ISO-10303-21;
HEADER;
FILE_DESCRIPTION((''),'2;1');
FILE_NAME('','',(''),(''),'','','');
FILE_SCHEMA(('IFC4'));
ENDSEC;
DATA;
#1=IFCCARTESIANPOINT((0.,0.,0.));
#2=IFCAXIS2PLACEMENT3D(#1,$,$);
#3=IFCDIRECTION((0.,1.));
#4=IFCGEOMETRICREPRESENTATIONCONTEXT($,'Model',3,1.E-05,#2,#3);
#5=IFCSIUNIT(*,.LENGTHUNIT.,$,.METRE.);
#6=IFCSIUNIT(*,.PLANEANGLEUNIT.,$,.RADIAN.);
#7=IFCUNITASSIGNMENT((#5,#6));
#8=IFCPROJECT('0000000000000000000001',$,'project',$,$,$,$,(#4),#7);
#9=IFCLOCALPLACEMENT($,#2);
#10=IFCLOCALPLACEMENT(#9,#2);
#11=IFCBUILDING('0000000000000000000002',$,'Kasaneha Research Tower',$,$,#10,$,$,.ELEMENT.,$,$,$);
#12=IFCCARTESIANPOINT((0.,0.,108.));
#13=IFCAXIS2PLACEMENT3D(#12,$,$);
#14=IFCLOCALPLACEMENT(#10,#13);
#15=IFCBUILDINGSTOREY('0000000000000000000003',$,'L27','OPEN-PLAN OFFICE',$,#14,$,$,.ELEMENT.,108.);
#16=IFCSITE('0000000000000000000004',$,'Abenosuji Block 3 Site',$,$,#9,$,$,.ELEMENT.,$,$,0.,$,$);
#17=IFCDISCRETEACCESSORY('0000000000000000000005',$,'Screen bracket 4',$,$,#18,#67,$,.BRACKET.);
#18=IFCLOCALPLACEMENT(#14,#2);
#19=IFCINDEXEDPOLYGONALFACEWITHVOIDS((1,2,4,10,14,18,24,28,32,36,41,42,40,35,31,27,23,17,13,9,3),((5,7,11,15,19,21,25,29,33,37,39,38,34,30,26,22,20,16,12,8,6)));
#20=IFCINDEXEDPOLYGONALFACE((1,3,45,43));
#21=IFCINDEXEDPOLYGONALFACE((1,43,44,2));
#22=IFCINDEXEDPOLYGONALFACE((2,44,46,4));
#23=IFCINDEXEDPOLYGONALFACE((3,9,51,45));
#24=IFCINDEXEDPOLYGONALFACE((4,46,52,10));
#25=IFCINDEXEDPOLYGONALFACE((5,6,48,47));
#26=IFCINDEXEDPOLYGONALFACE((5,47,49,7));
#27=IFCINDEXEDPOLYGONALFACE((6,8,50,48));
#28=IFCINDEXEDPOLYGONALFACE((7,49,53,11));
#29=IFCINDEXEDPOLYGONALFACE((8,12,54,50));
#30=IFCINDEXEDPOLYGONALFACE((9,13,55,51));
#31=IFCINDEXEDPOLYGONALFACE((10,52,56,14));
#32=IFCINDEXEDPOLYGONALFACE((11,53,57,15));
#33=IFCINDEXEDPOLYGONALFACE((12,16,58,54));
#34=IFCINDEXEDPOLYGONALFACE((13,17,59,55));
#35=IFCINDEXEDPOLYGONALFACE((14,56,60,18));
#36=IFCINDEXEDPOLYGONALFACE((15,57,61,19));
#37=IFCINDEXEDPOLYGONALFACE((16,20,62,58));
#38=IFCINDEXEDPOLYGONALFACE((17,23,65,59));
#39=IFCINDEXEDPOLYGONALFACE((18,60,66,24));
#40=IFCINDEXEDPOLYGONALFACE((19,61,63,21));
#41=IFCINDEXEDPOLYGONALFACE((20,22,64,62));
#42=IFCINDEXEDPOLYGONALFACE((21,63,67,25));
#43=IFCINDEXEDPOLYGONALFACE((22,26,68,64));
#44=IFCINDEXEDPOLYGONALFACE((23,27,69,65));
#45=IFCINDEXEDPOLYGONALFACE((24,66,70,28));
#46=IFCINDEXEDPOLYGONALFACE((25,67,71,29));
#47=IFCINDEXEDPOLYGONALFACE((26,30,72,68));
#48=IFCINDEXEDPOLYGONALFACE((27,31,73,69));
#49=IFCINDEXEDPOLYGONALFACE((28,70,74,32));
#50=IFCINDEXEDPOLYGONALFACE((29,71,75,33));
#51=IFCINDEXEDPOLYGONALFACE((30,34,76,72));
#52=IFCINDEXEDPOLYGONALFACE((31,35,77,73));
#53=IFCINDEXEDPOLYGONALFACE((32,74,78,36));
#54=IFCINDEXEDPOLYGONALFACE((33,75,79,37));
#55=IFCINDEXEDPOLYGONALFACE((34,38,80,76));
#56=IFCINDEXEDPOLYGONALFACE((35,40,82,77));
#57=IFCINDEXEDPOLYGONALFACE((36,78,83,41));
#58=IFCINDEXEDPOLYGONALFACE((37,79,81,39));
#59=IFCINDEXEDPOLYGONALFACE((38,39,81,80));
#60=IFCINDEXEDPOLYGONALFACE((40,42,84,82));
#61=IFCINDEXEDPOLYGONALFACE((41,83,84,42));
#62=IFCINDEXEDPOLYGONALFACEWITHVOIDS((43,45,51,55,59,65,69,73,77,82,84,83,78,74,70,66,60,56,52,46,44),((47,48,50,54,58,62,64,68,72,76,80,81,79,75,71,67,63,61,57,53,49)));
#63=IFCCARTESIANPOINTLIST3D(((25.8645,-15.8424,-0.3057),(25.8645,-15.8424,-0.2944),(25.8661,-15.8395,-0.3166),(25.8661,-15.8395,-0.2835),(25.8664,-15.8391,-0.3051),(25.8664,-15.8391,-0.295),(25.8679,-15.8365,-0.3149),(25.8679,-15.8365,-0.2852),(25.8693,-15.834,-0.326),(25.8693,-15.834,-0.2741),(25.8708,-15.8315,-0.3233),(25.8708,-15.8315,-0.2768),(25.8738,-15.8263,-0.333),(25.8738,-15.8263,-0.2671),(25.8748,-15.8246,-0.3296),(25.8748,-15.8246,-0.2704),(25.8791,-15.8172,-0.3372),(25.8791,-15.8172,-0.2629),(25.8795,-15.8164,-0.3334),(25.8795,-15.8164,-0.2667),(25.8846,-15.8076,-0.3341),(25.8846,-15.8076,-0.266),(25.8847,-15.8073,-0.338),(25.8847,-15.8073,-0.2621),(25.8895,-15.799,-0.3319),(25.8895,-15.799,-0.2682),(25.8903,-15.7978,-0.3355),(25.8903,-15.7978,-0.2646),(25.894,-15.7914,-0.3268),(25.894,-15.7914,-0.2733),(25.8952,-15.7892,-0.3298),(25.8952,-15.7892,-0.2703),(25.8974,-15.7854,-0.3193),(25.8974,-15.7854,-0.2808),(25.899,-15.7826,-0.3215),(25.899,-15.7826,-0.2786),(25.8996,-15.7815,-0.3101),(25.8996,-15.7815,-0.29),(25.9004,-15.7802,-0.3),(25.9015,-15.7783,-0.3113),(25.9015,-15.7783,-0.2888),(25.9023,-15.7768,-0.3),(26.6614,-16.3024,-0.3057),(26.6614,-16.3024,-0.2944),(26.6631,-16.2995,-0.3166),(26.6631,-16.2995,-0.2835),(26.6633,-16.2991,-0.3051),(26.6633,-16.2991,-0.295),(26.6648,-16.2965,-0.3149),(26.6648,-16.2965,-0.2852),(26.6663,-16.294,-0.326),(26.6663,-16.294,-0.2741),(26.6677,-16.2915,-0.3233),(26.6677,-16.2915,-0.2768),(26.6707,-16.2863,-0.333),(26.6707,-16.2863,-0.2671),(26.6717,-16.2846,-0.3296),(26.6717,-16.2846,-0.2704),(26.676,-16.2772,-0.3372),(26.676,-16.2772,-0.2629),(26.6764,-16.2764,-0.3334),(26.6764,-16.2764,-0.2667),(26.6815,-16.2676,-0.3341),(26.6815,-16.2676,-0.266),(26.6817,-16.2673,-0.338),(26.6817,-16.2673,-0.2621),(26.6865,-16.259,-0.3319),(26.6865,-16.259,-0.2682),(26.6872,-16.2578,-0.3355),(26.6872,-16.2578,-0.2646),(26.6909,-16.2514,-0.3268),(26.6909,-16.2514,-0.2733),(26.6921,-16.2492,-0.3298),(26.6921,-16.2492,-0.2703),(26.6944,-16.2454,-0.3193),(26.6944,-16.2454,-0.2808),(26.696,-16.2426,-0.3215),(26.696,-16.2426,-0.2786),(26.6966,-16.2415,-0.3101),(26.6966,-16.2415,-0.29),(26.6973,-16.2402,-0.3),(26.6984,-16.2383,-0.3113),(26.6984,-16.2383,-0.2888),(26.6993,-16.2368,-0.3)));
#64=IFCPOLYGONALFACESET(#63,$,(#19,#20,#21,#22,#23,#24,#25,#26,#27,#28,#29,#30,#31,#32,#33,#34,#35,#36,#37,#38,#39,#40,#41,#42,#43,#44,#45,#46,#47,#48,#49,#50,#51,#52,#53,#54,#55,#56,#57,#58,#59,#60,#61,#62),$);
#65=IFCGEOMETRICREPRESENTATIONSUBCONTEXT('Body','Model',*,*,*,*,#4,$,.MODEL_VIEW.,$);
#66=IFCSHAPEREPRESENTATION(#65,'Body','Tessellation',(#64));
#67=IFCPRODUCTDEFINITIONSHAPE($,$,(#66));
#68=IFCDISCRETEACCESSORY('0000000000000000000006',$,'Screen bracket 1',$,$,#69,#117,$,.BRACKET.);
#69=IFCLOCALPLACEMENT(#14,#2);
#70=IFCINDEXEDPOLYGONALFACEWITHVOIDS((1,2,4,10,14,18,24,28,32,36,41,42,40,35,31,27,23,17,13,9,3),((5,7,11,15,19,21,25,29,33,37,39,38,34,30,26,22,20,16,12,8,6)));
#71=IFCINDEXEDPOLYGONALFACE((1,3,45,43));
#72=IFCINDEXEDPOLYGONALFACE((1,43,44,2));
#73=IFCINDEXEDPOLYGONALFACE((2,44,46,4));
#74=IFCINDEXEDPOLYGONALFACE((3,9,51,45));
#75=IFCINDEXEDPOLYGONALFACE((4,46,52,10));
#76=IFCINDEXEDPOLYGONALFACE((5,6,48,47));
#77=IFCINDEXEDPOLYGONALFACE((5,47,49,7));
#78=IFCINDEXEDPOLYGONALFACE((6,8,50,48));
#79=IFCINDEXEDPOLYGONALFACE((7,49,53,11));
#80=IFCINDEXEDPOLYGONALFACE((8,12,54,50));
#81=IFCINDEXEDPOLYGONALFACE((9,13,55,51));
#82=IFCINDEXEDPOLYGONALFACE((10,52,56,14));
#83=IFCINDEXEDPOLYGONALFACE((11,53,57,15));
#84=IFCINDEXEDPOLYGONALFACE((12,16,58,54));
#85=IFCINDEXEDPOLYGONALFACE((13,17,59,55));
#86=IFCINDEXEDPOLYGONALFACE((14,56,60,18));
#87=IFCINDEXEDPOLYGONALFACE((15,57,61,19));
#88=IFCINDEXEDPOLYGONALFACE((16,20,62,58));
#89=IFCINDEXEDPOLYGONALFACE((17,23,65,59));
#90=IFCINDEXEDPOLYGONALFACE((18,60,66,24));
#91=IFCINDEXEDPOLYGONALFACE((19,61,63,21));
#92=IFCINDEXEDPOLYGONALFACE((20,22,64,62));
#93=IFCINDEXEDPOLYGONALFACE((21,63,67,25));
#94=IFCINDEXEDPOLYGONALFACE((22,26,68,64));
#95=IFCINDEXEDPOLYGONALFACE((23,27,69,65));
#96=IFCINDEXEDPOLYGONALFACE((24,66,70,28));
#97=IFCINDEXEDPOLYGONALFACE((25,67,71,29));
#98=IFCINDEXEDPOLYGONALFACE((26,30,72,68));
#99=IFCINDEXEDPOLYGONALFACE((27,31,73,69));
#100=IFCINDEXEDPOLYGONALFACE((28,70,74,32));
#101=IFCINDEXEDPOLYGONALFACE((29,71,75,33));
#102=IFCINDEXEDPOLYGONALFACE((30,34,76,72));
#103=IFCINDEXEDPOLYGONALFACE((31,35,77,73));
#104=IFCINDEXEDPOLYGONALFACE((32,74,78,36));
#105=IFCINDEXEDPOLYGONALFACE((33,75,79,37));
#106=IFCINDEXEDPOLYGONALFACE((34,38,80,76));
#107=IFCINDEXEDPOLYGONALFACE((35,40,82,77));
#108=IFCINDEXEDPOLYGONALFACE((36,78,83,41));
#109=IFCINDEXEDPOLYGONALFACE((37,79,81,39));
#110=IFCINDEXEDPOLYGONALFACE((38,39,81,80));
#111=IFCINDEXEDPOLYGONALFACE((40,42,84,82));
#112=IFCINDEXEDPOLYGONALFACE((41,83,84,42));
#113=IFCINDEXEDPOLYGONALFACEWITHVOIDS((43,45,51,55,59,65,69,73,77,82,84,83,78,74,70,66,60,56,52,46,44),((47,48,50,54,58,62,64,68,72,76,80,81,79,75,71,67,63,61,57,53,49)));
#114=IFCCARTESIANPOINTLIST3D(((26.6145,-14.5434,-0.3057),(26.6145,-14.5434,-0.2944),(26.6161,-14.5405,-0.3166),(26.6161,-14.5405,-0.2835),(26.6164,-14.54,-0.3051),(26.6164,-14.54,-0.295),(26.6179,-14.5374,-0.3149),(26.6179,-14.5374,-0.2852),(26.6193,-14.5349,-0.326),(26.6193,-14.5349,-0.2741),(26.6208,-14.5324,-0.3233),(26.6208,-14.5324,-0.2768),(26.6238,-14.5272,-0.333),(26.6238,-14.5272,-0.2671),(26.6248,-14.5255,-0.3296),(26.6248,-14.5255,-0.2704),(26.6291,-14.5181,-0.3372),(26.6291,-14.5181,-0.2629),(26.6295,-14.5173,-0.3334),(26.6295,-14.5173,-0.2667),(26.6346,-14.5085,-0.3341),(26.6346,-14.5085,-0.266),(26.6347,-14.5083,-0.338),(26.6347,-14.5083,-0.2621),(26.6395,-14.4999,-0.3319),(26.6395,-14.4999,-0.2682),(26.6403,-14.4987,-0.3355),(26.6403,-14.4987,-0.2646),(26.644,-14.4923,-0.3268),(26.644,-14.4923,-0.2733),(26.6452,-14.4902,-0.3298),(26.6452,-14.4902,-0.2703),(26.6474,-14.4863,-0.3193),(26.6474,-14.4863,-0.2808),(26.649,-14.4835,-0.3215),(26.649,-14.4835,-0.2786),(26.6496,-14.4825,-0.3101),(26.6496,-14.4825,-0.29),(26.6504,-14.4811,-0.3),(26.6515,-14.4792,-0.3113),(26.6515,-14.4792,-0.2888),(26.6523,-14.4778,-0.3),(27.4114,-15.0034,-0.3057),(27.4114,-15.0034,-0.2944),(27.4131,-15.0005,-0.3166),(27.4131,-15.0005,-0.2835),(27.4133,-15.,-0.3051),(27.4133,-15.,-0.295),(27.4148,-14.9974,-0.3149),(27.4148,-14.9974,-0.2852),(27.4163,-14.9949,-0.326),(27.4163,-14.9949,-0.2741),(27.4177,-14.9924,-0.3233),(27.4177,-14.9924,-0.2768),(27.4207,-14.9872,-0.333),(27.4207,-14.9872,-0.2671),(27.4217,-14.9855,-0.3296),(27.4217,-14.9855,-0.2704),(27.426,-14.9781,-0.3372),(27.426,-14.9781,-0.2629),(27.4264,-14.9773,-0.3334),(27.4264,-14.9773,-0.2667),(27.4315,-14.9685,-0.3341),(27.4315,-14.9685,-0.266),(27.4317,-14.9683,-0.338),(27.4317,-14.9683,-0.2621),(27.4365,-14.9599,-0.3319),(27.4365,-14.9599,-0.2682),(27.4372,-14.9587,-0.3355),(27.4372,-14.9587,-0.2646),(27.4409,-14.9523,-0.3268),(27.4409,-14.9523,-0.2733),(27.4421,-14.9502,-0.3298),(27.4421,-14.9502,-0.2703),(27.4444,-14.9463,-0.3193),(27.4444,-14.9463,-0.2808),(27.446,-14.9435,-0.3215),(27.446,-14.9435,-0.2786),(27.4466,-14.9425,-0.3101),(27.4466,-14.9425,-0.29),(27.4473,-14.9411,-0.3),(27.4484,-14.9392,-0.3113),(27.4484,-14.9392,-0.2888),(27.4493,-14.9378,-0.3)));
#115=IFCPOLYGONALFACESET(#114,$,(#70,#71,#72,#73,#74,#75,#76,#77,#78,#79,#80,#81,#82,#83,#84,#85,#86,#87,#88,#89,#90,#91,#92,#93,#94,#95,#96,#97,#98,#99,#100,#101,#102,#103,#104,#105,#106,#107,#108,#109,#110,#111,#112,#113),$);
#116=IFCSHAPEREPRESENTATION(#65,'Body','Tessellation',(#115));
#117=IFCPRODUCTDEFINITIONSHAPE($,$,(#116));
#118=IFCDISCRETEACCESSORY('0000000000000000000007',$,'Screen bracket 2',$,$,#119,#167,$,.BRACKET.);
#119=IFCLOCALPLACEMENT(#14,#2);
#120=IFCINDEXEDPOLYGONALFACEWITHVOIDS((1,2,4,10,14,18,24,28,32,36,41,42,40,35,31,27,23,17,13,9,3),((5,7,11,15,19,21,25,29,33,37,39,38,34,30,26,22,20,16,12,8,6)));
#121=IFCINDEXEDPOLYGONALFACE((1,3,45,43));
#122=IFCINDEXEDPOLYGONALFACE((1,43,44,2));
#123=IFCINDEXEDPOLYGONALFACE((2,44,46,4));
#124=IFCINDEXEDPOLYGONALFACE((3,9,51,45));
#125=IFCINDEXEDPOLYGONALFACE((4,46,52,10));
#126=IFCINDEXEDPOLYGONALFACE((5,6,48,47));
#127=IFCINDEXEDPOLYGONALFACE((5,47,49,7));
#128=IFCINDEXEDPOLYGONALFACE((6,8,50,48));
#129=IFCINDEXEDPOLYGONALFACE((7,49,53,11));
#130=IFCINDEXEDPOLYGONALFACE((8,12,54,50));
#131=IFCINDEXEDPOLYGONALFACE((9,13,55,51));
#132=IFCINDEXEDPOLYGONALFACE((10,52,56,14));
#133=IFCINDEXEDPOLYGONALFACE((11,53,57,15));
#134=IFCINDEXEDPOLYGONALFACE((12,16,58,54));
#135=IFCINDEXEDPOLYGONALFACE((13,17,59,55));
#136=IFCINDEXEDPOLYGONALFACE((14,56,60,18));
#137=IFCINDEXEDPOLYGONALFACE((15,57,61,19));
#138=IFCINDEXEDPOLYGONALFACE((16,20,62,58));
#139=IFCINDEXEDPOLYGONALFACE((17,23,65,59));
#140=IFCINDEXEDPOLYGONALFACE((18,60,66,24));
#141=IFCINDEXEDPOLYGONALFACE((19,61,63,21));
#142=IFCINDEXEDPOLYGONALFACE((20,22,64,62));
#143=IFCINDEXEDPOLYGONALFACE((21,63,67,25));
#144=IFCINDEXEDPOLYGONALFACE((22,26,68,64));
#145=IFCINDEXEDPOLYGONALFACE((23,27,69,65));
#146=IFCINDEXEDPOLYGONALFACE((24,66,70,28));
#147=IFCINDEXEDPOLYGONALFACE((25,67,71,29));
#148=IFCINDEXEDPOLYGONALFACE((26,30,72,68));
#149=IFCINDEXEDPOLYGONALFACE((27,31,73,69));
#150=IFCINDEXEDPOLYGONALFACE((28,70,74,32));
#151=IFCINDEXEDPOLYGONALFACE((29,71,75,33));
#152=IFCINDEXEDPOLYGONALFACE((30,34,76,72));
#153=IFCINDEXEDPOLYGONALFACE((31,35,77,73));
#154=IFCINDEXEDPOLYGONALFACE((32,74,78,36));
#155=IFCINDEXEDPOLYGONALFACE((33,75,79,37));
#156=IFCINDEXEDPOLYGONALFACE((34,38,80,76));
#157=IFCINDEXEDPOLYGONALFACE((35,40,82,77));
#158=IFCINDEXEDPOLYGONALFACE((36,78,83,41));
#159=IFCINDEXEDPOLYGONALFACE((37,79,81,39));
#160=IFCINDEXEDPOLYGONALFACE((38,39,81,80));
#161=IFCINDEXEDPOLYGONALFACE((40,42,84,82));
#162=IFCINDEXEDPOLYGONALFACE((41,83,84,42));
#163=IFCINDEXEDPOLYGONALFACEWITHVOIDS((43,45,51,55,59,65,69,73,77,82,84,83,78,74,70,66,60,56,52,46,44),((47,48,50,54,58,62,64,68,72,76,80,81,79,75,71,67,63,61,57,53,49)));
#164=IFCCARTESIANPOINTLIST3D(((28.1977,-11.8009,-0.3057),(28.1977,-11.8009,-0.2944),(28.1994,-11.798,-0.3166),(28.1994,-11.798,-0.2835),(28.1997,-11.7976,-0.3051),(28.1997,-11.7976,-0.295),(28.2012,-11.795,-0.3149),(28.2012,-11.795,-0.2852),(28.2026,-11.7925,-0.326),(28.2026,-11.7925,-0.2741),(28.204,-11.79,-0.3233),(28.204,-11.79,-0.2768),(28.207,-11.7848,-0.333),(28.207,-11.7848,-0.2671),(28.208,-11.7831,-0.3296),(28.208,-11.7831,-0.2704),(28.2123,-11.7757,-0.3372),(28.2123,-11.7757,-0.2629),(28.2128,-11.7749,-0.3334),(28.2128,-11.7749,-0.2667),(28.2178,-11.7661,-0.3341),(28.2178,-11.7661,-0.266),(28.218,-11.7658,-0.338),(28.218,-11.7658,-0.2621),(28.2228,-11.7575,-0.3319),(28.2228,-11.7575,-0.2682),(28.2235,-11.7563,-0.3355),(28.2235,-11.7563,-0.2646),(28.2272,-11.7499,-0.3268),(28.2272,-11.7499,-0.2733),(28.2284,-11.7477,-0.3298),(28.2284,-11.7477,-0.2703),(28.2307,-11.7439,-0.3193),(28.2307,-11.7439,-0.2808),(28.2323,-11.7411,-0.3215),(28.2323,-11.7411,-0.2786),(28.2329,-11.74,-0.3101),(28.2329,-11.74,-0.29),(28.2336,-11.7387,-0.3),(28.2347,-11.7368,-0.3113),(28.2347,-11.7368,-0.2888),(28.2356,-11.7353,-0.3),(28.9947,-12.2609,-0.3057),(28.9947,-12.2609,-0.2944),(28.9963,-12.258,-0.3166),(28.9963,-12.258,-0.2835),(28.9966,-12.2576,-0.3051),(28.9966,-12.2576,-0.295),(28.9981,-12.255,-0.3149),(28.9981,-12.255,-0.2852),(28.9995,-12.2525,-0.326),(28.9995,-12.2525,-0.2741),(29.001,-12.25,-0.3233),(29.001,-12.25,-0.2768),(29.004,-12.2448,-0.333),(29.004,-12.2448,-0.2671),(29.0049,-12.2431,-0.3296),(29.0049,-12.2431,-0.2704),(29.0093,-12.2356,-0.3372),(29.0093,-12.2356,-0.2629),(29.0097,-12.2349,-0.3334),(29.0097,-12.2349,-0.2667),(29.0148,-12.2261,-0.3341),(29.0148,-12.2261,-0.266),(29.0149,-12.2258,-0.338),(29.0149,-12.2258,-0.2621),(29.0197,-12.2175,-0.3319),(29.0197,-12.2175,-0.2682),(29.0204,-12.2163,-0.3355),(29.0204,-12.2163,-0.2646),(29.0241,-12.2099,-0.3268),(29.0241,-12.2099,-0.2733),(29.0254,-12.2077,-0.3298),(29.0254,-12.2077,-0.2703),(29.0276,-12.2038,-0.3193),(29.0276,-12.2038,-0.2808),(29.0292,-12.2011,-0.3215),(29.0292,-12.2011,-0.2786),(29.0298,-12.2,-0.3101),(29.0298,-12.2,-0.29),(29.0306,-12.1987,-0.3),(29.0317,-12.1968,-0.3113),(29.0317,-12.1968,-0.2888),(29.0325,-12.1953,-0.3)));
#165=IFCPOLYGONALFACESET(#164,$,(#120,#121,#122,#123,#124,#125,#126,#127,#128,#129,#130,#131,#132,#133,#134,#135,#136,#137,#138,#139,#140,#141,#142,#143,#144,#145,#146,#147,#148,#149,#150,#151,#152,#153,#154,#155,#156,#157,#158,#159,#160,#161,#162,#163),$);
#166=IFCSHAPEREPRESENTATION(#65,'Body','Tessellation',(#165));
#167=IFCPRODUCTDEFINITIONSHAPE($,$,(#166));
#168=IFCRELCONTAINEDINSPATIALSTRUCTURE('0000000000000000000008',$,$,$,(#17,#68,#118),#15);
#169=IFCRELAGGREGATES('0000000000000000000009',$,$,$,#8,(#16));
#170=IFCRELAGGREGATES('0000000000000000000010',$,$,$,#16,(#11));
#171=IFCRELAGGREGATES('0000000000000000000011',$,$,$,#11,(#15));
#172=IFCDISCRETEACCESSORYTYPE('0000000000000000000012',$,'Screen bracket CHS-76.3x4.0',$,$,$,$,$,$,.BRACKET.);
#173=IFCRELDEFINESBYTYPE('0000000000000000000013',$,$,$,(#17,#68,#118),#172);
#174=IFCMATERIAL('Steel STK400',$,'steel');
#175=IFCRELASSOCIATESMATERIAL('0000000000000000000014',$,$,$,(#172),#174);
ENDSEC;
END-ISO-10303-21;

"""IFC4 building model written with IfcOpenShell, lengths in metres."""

from ifc_helpers import new_model, si_unit, direction, frame, origin, origin_2d, place, context, subcontext, project, spatial, hollow_circle, extrude, material, material_profile, profile_set, type_object, element, save


model = new_model("IFC4")

# Units and contexts
model_context = context("Model", 3, precision=1e-05, world=origin(), true_north=direction((0.0, 1.0)))
body_context = subcontext(model_context, "Body", "Model", "MODEL_VIEW")
ifc_project = project(units=[si_unit("LENGTHUNIT", "METRE"), si_unit("PLANEANGLEUNIT", "RADIAN")], contexts=[model_context])

# Site, building, storey
site_placement = place(None, origin())
site = spatial("IfcSite", under=ifc_project, at=site_placement, Name="Abenosuji Block 3 Site", CompositionType="ELEMENT", RefElevation=0.0)
building_placement = place(site_placement, origin())
building = spatial("IfcBuilding", under=site, at=building_placement, Name="Kasaneha Research Tower", CompositionType="ELEMENT")
storey_placement = place(building_placement, frame((0.0, 0.0, 108.0)))
storey = spatial("IfcBuildingStorey", under=building, at=storey_placement, Name="L27", Description="OPEN-PLAN OFFICE", CompositionType="ELEMENT", Elevation=108.0)

# Discrete accessories
ifc_material_1 = material(Name="Steel STK400", Category="steel")
ifc_material_profile_1 = material_profile(ifc_material_1, hollow_circle(Radius=0.0381, WallThickness=0.0039, at=origin_2d()), Name="CHS-76.3x4.0")
ifc_profile_set_1 = profile_set([ifc_material_profile_1], Name="Steel STK400")
discrete_accessory_type = type_object("IfcDiscreteAccessoryType", Name="Screen bracket CHS-76.3x4.0", PredefinedType="BRACKET", material=ifc_profile_set_1)
for number, where, z_axis, x_axis, name in (
    (1, (25.8833, -15.8098, -0.3), (0.86608, -0.499906, 0.0), (0.499906, 0.86608, 0.0), "Screen bracket 4"),
    (2, (26.6333, -14.5107, -0.3), (0.86608, -0.499906, 0.0), (0.499906, 0.86608, 0.0), "Screen bracket 1"),
    (3, (28.2166, -11.7683, -0.3), (0.86608, -0.499906, 0.0), (0.499906, 0.86608, 0.0), "Screen bracket 2"),
):
    element("IfcDiscreteAccessory", number, at=place(storey_placement, frame(where, z_axis=z_axis, x_axis=x_axis)), inside=storey, type_object=discrete_accessory_type, Name=name, PredefinedType="BRACKET", context=body_context, shape_type="SweptSolid", body=[
        extrude(hollow_circle(Radius=0.0381, WallThickness=0.0039, at=origin_2d()), origin(), (0.0, 0.0, 1.0), 0.9202),
    ])

save(model, "model.ifc")
